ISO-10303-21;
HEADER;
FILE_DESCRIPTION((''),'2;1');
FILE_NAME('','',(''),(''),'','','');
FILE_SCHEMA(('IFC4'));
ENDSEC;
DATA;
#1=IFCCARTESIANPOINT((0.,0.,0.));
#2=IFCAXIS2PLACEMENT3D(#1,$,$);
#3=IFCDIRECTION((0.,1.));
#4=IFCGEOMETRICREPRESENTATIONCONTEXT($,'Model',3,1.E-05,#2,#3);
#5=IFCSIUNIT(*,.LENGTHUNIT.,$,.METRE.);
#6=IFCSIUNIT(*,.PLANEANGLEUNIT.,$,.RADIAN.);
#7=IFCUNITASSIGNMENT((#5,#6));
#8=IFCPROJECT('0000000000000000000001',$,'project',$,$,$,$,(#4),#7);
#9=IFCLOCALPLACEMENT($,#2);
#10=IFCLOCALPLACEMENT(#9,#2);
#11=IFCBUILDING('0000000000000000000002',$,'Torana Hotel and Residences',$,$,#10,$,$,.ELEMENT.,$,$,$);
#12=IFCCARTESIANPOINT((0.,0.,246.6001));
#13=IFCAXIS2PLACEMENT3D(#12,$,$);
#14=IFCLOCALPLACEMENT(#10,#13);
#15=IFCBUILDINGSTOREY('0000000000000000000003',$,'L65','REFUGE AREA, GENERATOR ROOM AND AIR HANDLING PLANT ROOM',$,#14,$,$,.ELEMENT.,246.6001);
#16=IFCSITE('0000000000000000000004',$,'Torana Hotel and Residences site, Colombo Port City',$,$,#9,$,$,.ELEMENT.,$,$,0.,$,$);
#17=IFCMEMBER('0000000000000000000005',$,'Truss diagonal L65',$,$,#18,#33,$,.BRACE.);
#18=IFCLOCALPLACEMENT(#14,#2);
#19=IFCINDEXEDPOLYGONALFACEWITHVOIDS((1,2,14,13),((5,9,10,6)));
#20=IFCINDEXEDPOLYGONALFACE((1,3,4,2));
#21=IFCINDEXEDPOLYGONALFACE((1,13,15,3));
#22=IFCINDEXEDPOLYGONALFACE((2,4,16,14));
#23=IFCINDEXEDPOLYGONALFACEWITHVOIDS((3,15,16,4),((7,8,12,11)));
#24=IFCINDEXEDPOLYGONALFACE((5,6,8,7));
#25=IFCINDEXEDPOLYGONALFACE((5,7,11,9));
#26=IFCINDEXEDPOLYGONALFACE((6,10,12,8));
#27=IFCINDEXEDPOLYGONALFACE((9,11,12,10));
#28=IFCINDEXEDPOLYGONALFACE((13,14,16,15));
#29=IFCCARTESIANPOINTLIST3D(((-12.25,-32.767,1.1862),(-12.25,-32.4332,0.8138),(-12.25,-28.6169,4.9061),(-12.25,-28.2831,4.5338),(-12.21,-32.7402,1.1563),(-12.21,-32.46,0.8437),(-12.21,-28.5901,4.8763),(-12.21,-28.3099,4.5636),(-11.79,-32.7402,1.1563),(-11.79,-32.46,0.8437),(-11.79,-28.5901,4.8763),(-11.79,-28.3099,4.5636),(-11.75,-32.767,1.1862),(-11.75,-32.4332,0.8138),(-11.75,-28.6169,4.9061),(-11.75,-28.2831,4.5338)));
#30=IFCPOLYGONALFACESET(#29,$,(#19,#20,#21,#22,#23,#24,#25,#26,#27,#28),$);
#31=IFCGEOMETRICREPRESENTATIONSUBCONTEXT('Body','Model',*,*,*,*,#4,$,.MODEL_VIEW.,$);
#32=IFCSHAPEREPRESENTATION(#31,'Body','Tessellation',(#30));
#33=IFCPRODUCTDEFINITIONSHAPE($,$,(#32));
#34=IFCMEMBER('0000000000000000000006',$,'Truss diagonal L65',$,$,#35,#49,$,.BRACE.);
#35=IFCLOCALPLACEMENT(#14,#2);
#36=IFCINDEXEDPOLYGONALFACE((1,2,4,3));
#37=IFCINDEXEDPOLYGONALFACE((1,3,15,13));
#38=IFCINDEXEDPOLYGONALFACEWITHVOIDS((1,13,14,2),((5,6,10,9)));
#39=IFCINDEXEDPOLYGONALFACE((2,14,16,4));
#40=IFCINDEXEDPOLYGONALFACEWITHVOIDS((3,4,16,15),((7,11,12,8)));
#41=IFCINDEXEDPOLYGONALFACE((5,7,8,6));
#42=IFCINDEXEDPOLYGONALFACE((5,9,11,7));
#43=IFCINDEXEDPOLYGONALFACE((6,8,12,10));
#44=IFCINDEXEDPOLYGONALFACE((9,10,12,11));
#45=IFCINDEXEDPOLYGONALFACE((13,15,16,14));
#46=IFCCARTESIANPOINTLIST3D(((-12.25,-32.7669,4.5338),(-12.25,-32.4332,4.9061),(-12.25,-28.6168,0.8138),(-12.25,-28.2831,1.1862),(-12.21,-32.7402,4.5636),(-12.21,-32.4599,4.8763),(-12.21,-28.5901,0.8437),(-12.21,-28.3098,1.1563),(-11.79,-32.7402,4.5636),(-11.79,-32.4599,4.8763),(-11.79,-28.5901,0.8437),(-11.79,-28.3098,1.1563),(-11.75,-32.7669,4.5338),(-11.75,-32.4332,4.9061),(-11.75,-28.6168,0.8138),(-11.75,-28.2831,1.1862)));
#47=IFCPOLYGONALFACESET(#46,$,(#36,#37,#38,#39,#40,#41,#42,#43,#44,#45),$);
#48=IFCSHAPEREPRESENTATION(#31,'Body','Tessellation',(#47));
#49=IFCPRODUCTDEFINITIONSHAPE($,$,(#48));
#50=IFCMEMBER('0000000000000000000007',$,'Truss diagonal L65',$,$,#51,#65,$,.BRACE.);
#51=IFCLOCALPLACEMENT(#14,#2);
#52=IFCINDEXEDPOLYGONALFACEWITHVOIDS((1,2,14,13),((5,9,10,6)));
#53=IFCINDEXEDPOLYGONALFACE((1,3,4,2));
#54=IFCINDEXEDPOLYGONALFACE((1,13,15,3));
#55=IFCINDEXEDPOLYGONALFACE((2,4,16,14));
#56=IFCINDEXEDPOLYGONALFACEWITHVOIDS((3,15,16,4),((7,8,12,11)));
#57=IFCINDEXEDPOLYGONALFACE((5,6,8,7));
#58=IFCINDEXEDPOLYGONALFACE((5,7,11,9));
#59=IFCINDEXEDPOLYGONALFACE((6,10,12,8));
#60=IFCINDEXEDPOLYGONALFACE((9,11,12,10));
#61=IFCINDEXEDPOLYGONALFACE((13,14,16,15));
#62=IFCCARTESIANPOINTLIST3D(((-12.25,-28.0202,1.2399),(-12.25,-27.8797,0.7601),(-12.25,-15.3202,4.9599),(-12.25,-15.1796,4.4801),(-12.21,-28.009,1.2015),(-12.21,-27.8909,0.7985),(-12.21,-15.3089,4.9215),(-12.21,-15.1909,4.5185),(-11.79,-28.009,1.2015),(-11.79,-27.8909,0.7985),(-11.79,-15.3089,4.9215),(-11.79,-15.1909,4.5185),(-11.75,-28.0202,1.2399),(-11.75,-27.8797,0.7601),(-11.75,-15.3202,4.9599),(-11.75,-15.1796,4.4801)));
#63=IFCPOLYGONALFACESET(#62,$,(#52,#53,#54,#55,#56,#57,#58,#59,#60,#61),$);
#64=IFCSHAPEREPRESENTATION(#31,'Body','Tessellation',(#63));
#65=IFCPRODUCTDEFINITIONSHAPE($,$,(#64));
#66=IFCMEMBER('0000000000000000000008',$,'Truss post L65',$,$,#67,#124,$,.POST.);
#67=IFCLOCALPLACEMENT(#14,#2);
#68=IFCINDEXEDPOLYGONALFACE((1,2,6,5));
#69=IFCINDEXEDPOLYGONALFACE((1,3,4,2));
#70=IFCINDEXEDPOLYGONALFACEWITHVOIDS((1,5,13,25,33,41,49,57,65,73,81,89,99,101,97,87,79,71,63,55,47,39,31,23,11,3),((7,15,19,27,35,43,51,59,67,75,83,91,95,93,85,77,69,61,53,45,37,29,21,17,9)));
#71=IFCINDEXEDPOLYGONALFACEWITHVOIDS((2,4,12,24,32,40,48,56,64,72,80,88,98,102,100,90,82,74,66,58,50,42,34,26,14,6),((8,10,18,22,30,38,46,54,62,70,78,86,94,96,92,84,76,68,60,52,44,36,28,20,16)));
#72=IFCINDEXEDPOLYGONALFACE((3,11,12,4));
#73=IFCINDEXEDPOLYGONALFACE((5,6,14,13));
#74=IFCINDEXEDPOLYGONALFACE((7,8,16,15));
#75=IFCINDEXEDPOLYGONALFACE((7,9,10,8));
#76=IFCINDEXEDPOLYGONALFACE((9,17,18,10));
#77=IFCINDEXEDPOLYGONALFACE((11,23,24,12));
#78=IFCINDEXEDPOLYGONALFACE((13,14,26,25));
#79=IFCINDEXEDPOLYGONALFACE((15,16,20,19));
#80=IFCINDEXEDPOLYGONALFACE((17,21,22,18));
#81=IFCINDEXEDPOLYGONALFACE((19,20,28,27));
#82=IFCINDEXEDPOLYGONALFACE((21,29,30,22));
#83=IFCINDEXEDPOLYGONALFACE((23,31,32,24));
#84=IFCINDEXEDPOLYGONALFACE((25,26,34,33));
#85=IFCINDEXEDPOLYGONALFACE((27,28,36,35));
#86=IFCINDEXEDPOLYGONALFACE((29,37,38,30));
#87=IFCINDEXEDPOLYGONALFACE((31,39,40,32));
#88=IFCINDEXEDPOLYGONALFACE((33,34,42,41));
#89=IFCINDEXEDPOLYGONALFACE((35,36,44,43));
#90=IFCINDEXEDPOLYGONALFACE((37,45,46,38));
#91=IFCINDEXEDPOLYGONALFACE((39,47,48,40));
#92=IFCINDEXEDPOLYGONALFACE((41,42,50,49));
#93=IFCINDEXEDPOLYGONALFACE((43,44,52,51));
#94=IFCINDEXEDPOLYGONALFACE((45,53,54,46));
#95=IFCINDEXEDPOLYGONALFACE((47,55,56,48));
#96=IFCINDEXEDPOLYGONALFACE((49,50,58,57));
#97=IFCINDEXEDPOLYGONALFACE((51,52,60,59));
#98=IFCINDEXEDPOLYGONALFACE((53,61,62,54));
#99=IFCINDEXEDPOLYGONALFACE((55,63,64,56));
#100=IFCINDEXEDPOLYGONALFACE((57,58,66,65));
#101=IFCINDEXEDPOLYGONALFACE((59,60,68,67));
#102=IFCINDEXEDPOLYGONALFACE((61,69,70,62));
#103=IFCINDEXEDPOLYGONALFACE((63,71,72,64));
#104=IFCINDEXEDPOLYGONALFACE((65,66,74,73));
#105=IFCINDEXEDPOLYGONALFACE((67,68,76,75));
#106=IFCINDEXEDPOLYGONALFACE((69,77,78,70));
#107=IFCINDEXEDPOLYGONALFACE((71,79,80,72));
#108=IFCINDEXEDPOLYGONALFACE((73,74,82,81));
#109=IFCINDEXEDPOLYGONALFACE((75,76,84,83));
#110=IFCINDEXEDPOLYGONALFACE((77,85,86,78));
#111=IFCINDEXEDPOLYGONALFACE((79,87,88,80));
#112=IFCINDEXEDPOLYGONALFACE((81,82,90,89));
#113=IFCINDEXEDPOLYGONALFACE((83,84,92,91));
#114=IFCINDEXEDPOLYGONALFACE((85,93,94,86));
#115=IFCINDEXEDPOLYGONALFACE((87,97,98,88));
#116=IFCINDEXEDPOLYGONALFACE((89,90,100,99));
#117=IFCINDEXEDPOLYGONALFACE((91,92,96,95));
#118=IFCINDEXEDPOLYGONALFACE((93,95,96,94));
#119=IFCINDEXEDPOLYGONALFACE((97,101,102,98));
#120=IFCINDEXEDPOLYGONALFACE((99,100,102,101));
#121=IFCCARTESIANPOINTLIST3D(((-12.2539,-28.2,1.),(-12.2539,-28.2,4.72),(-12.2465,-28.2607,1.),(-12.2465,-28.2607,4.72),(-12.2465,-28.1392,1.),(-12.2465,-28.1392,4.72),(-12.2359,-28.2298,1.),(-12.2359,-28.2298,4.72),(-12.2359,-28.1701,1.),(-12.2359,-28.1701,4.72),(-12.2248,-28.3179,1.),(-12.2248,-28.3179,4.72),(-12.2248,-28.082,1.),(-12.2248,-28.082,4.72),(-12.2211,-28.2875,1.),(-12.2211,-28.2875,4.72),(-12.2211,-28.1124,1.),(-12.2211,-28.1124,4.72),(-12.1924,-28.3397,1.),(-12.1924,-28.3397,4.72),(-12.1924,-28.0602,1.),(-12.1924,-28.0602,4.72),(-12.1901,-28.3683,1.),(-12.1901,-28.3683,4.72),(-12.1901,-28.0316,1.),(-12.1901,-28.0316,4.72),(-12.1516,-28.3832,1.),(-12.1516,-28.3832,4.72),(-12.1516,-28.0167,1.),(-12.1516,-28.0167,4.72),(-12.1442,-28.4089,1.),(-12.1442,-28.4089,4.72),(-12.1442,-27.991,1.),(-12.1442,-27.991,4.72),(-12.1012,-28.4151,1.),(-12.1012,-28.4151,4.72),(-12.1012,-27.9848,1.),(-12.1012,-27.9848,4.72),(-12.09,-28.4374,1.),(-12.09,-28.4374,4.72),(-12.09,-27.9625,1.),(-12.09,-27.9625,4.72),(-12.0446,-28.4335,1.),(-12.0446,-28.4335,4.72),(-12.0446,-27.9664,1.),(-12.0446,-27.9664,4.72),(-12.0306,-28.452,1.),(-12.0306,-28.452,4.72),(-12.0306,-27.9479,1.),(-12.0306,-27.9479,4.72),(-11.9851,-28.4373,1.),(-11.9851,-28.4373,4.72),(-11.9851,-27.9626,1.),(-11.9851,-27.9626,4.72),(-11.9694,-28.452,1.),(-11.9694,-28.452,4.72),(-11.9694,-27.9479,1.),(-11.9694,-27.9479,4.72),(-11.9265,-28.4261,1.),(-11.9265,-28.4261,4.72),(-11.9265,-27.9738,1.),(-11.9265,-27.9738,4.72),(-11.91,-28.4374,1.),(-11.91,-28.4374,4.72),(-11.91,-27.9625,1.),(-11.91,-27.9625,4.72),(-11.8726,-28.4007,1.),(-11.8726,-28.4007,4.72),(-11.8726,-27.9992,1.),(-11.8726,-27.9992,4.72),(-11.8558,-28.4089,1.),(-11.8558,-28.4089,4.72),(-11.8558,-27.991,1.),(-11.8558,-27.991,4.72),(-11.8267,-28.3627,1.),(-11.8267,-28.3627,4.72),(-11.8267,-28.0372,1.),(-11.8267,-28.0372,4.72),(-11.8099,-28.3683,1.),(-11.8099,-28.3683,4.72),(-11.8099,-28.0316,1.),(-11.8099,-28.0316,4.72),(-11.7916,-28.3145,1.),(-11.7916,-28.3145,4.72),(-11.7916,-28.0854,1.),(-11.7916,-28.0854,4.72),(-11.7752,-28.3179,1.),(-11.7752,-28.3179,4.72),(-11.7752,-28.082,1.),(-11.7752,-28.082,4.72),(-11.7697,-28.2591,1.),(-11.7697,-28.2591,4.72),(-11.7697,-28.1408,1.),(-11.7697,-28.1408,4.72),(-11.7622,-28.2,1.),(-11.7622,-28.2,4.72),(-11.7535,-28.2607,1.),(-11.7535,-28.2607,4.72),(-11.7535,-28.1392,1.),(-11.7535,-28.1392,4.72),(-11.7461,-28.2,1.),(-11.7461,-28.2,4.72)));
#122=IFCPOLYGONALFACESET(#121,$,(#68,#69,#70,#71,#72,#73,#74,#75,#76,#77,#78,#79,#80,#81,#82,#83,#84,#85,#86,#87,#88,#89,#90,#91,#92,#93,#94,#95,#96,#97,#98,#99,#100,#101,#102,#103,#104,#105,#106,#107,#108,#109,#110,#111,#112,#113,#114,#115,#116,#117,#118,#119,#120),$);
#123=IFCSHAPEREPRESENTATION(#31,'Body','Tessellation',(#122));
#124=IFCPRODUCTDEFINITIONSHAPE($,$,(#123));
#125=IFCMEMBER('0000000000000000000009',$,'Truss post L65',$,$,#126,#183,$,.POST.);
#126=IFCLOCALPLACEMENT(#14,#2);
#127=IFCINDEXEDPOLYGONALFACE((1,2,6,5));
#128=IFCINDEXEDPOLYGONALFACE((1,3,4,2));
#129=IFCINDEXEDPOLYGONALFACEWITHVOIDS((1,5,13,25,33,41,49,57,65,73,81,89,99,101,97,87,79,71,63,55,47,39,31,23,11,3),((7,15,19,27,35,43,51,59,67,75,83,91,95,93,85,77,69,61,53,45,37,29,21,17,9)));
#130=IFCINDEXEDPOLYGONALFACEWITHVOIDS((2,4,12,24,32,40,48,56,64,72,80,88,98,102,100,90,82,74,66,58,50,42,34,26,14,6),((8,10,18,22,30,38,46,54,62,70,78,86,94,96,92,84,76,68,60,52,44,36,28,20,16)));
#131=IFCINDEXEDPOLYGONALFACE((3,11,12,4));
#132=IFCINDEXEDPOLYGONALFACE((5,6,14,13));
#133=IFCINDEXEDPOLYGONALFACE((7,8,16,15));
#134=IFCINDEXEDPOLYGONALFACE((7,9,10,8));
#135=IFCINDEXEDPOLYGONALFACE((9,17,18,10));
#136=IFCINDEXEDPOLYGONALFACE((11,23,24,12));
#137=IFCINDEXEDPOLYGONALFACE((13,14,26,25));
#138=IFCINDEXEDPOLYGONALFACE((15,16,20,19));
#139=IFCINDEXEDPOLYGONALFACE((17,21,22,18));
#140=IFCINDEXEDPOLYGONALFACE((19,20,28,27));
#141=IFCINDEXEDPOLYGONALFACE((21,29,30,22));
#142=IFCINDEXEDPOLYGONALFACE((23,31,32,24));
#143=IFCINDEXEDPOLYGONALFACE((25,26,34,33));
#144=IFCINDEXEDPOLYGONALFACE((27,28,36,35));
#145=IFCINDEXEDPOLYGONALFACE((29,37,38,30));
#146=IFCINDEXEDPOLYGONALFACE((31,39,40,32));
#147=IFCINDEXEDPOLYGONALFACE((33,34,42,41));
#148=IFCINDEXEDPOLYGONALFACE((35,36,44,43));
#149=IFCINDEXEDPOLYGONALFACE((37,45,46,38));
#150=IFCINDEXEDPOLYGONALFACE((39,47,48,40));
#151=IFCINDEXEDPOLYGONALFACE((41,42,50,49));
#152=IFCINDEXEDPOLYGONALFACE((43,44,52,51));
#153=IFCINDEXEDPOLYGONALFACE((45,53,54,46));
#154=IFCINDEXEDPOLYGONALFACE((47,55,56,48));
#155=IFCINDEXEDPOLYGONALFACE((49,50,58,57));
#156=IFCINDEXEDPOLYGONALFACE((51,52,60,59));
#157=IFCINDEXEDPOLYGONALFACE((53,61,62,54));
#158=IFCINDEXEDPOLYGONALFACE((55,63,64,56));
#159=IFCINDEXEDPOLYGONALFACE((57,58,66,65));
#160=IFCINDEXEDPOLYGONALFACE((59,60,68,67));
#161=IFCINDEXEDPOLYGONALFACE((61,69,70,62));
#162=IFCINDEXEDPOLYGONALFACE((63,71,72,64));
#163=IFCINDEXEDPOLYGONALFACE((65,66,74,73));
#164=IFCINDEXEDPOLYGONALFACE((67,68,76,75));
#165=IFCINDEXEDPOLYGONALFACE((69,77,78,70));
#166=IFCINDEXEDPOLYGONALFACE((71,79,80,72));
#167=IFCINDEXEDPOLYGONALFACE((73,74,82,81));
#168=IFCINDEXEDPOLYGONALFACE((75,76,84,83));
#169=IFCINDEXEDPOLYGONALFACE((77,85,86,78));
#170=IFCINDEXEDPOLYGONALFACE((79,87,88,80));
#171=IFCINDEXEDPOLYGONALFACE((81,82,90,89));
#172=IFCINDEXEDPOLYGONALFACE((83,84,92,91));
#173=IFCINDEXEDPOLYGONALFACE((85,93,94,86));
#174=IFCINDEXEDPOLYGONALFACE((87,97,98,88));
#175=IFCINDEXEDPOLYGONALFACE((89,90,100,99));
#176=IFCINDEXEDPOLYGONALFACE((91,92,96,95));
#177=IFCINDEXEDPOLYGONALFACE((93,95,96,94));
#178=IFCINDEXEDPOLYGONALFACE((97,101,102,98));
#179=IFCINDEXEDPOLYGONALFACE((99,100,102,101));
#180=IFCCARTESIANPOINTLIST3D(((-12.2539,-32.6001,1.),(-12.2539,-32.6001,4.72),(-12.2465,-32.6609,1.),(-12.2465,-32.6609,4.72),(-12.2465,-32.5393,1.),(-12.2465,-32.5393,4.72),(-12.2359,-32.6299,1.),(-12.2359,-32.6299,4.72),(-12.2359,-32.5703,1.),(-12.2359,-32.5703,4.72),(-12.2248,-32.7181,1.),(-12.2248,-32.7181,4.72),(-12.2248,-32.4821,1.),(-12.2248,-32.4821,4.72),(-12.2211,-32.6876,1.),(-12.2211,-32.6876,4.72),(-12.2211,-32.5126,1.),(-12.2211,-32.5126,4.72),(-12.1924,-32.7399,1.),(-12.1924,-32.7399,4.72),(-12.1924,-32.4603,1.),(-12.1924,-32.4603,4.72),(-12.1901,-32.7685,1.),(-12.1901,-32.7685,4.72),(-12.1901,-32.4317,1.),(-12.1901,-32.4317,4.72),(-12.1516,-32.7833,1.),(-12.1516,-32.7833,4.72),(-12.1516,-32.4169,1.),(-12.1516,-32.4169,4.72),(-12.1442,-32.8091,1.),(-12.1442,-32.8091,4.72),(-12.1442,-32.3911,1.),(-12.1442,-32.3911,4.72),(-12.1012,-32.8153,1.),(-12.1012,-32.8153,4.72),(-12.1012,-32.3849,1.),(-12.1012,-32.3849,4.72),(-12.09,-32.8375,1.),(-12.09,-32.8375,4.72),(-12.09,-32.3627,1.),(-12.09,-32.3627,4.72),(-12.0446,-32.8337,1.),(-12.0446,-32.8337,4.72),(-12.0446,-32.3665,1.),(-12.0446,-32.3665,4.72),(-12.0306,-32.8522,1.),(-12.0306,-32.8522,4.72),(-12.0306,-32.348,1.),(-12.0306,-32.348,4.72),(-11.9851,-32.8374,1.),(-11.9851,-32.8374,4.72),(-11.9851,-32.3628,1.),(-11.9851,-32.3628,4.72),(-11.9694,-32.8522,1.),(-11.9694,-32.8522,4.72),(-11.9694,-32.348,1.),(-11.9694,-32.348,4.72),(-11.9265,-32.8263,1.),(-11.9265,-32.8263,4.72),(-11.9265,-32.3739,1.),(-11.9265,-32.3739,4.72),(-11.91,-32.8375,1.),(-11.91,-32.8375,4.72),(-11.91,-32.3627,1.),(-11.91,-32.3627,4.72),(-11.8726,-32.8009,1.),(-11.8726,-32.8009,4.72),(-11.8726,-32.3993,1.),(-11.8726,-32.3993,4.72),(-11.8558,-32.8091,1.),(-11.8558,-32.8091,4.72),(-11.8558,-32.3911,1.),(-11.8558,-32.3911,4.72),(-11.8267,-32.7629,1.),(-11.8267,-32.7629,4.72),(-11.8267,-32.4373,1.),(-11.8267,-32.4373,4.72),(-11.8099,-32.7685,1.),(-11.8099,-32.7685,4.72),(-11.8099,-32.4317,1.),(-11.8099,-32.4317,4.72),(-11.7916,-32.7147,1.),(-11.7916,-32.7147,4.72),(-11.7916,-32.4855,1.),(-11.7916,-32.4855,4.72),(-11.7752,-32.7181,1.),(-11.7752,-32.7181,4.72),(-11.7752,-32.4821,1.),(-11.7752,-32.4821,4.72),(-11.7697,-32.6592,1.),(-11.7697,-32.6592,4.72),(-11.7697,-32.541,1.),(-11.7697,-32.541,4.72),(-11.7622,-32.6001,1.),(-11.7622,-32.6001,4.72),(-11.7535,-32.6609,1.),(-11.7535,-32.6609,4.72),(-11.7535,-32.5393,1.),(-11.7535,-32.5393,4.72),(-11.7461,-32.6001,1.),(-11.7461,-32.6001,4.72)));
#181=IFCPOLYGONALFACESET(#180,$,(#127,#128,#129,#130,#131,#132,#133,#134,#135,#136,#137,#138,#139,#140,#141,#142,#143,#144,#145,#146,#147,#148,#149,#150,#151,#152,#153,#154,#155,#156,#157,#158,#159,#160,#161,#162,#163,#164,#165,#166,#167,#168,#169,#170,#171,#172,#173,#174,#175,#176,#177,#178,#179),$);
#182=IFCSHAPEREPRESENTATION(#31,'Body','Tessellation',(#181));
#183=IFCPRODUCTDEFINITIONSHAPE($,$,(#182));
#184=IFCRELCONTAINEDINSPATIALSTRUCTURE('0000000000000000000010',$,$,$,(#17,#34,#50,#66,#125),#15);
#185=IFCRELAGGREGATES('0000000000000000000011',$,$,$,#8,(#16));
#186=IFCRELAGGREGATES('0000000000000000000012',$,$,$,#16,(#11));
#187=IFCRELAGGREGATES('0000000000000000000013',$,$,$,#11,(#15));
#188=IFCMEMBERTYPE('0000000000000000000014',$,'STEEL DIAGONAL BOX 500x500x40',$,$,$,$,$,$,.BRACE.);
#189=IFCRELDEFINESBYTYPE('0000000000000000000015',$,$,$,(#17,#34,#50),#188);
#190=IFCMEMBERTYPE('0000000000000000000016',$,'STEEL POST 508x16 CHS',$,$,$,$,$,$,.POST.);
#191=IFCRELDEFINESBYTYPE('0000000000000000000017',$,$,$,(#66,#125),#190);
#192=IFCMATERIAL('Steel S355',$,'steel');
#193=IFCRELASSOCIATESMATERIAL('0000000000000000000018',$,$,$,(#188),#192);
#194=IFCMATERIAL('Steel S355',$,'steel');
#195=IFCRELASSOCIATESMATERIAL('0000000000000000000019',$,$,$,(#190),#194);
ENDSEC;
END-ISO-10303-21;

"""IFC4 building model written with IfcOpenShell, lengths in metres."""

from ifc_helpers import new_model, si_unit, direction, frame, origin, origin_2d, place, context, subcontext, project, spatial, hollow_rectangle, hollow_circle, extrude, material, material_profile, profile_set, type_object, element, save


model = new_model("IFC4")

# Units and contexts
model_context = context("Model", 3, precision=1e-05, world=origin(), true_north=direction((0.0, 1.0)))
body_context = subcontext(model_context, "Body", "Model", "MODEL_VIEW")
ifc_project = project(units=[si_unit("LENGTHUNIT", "METRE"), si_unit("PLANEANGLEUNIT", "RADIAN")], contexts=[model_context])

# Site, building, storey
site_placement = place(None, origin())
site = spatial("IfcSite", under=ifc_project, at=site_placement, Name="Torana Hotel and Residences site, Colombo Port City", CompositionType="ELEMENT", RefElevation=0.0)
building_placement = place(site_placement, origin())
building = spatial("IfcBuilding", under=site, at=building_placement, Name="Torana Hotel and Residences", CompositionType="ELEMENT")
storey_placement = place(building_placement, frame((0.0, 0.0, 246.6001)))
storey = spatial("IfcBuildingStorey", under=building, at=storey_placement, Name="L65", Description="REFUGE AREA, GENERATOR ROOM AND AIR HANDLING PLANT ROOM", CompositionType="ELEMENT", Elevation=246.6001)

# Members
ifc_material_1 = material(Name="Steel S355", Category="steel")
ifc_material_profile_1 = material_profile(ifc_material_1, hollow_rectangle(XDim=0.5, YDim=0.5, WallThickness=0.04, at=origin_2d()), Name="BOX 500x500x40")
ifc_profile_set_1 = profile_set([ifc_material_profile_1], Name="Steel S355")
member_type_1 = type_object("IfcMemberType", Name="STEEL DIAGONAL BOX 500x500x40", PredefinedType="BRACE", material=ifc_profile_set_1)
for number, where, z_axis, x_axis, name in (
    (1, (-12.0, -32.6001, 1.0), (0.0, 0.744645, 0.66746), (-1.0, 0.0, 0.0), "Truss diagonal L65"),
    (2, (-12.0, -28.45, 1.0), (0.0, -0.744645, 0.66746), (1.0, 0.0, 0.0), "Truss diagonal L65"),
):
    element("IfcMember", number, at=place(storey_placement, frame(where, z_axis=z_axis, x_axis=x_axis)), inside=storey, type_object=member_type_1, Name=name, PredefinedType="BRACE", context=body_context, shape_type="SweptSolid", body=[
        extrude(hollow_rectangle(XDim=0.5, YDim=0.5, WallThickness=0.04, at=origin_2d()), origin(), (0.0, 0.0, 1.0), 5.5732),
    ])
member_1_placement = place(storey_placement, frame((-12.0, -27.95, 1.0), z_axis=(0.0, 0.959678, 0.281101), x_axis=(-1.0, 0.0, 0.0)))
element("IfcMember", 3, at=member_1_placement, inside=storey, type_object=member_type_1, Name="Truss diagonal L65", PredefinedType="BRACE", context=body_context, shape_type="SweptSolid", body=[
    extrude(hollow_rectangle(XDim=0.5, YDim=0.5, WallThickness=0.04, at=origin_2d()), origin(), (0.0, 0.0, 1.0), 13.2336),
])
ifc_material_2 = material(Name="Steel S355", Category="steel")
ifc_material_profile_2 = material_profile(ifc_material_2, hollow_circle(Radius=0.2539, WallThickness=0.0161, at=origin_2d()), Name="508x16 CHS")
ifc_profile_set_2 = profile_set([ifc_material_profile_2], Name="Steel S355")
member_type_2 = type_object("IfcMemberType", Name="STEEL POST 508x16 CHS", PredefinedType="POST", material=ifc_profile_set_2)
for number, where, z_axis, x_axis, name in (
    (4, (-12.0, -28.2, 1.0), (0.0, 0.0, 1.0), (1.0, 0.0, 0.0), "Truss post L65"),
    (5, (-12.0, -32.6001, 1.0), (0.0, 0.0, 1.0), (1.0, 0.0, 0.0), "Truss post L65"),
):
    element("IfcMember", number, at=place(storey_placement, frame(where, z_axis=z_axis, x_axis=x_axis)), inside=storey, type_object=member_type_2, Name=name, PredefinedType="POST", context=body_context, shape_type="SweptSolid", body=[
        extrude(hollow_circle(Radius=0.2539, WallThickness=0.0161, at=origin_2d()), origin(), (0.0, 0.0, 1.0), 3.72),
    ])

save(model, "model.ifc")
